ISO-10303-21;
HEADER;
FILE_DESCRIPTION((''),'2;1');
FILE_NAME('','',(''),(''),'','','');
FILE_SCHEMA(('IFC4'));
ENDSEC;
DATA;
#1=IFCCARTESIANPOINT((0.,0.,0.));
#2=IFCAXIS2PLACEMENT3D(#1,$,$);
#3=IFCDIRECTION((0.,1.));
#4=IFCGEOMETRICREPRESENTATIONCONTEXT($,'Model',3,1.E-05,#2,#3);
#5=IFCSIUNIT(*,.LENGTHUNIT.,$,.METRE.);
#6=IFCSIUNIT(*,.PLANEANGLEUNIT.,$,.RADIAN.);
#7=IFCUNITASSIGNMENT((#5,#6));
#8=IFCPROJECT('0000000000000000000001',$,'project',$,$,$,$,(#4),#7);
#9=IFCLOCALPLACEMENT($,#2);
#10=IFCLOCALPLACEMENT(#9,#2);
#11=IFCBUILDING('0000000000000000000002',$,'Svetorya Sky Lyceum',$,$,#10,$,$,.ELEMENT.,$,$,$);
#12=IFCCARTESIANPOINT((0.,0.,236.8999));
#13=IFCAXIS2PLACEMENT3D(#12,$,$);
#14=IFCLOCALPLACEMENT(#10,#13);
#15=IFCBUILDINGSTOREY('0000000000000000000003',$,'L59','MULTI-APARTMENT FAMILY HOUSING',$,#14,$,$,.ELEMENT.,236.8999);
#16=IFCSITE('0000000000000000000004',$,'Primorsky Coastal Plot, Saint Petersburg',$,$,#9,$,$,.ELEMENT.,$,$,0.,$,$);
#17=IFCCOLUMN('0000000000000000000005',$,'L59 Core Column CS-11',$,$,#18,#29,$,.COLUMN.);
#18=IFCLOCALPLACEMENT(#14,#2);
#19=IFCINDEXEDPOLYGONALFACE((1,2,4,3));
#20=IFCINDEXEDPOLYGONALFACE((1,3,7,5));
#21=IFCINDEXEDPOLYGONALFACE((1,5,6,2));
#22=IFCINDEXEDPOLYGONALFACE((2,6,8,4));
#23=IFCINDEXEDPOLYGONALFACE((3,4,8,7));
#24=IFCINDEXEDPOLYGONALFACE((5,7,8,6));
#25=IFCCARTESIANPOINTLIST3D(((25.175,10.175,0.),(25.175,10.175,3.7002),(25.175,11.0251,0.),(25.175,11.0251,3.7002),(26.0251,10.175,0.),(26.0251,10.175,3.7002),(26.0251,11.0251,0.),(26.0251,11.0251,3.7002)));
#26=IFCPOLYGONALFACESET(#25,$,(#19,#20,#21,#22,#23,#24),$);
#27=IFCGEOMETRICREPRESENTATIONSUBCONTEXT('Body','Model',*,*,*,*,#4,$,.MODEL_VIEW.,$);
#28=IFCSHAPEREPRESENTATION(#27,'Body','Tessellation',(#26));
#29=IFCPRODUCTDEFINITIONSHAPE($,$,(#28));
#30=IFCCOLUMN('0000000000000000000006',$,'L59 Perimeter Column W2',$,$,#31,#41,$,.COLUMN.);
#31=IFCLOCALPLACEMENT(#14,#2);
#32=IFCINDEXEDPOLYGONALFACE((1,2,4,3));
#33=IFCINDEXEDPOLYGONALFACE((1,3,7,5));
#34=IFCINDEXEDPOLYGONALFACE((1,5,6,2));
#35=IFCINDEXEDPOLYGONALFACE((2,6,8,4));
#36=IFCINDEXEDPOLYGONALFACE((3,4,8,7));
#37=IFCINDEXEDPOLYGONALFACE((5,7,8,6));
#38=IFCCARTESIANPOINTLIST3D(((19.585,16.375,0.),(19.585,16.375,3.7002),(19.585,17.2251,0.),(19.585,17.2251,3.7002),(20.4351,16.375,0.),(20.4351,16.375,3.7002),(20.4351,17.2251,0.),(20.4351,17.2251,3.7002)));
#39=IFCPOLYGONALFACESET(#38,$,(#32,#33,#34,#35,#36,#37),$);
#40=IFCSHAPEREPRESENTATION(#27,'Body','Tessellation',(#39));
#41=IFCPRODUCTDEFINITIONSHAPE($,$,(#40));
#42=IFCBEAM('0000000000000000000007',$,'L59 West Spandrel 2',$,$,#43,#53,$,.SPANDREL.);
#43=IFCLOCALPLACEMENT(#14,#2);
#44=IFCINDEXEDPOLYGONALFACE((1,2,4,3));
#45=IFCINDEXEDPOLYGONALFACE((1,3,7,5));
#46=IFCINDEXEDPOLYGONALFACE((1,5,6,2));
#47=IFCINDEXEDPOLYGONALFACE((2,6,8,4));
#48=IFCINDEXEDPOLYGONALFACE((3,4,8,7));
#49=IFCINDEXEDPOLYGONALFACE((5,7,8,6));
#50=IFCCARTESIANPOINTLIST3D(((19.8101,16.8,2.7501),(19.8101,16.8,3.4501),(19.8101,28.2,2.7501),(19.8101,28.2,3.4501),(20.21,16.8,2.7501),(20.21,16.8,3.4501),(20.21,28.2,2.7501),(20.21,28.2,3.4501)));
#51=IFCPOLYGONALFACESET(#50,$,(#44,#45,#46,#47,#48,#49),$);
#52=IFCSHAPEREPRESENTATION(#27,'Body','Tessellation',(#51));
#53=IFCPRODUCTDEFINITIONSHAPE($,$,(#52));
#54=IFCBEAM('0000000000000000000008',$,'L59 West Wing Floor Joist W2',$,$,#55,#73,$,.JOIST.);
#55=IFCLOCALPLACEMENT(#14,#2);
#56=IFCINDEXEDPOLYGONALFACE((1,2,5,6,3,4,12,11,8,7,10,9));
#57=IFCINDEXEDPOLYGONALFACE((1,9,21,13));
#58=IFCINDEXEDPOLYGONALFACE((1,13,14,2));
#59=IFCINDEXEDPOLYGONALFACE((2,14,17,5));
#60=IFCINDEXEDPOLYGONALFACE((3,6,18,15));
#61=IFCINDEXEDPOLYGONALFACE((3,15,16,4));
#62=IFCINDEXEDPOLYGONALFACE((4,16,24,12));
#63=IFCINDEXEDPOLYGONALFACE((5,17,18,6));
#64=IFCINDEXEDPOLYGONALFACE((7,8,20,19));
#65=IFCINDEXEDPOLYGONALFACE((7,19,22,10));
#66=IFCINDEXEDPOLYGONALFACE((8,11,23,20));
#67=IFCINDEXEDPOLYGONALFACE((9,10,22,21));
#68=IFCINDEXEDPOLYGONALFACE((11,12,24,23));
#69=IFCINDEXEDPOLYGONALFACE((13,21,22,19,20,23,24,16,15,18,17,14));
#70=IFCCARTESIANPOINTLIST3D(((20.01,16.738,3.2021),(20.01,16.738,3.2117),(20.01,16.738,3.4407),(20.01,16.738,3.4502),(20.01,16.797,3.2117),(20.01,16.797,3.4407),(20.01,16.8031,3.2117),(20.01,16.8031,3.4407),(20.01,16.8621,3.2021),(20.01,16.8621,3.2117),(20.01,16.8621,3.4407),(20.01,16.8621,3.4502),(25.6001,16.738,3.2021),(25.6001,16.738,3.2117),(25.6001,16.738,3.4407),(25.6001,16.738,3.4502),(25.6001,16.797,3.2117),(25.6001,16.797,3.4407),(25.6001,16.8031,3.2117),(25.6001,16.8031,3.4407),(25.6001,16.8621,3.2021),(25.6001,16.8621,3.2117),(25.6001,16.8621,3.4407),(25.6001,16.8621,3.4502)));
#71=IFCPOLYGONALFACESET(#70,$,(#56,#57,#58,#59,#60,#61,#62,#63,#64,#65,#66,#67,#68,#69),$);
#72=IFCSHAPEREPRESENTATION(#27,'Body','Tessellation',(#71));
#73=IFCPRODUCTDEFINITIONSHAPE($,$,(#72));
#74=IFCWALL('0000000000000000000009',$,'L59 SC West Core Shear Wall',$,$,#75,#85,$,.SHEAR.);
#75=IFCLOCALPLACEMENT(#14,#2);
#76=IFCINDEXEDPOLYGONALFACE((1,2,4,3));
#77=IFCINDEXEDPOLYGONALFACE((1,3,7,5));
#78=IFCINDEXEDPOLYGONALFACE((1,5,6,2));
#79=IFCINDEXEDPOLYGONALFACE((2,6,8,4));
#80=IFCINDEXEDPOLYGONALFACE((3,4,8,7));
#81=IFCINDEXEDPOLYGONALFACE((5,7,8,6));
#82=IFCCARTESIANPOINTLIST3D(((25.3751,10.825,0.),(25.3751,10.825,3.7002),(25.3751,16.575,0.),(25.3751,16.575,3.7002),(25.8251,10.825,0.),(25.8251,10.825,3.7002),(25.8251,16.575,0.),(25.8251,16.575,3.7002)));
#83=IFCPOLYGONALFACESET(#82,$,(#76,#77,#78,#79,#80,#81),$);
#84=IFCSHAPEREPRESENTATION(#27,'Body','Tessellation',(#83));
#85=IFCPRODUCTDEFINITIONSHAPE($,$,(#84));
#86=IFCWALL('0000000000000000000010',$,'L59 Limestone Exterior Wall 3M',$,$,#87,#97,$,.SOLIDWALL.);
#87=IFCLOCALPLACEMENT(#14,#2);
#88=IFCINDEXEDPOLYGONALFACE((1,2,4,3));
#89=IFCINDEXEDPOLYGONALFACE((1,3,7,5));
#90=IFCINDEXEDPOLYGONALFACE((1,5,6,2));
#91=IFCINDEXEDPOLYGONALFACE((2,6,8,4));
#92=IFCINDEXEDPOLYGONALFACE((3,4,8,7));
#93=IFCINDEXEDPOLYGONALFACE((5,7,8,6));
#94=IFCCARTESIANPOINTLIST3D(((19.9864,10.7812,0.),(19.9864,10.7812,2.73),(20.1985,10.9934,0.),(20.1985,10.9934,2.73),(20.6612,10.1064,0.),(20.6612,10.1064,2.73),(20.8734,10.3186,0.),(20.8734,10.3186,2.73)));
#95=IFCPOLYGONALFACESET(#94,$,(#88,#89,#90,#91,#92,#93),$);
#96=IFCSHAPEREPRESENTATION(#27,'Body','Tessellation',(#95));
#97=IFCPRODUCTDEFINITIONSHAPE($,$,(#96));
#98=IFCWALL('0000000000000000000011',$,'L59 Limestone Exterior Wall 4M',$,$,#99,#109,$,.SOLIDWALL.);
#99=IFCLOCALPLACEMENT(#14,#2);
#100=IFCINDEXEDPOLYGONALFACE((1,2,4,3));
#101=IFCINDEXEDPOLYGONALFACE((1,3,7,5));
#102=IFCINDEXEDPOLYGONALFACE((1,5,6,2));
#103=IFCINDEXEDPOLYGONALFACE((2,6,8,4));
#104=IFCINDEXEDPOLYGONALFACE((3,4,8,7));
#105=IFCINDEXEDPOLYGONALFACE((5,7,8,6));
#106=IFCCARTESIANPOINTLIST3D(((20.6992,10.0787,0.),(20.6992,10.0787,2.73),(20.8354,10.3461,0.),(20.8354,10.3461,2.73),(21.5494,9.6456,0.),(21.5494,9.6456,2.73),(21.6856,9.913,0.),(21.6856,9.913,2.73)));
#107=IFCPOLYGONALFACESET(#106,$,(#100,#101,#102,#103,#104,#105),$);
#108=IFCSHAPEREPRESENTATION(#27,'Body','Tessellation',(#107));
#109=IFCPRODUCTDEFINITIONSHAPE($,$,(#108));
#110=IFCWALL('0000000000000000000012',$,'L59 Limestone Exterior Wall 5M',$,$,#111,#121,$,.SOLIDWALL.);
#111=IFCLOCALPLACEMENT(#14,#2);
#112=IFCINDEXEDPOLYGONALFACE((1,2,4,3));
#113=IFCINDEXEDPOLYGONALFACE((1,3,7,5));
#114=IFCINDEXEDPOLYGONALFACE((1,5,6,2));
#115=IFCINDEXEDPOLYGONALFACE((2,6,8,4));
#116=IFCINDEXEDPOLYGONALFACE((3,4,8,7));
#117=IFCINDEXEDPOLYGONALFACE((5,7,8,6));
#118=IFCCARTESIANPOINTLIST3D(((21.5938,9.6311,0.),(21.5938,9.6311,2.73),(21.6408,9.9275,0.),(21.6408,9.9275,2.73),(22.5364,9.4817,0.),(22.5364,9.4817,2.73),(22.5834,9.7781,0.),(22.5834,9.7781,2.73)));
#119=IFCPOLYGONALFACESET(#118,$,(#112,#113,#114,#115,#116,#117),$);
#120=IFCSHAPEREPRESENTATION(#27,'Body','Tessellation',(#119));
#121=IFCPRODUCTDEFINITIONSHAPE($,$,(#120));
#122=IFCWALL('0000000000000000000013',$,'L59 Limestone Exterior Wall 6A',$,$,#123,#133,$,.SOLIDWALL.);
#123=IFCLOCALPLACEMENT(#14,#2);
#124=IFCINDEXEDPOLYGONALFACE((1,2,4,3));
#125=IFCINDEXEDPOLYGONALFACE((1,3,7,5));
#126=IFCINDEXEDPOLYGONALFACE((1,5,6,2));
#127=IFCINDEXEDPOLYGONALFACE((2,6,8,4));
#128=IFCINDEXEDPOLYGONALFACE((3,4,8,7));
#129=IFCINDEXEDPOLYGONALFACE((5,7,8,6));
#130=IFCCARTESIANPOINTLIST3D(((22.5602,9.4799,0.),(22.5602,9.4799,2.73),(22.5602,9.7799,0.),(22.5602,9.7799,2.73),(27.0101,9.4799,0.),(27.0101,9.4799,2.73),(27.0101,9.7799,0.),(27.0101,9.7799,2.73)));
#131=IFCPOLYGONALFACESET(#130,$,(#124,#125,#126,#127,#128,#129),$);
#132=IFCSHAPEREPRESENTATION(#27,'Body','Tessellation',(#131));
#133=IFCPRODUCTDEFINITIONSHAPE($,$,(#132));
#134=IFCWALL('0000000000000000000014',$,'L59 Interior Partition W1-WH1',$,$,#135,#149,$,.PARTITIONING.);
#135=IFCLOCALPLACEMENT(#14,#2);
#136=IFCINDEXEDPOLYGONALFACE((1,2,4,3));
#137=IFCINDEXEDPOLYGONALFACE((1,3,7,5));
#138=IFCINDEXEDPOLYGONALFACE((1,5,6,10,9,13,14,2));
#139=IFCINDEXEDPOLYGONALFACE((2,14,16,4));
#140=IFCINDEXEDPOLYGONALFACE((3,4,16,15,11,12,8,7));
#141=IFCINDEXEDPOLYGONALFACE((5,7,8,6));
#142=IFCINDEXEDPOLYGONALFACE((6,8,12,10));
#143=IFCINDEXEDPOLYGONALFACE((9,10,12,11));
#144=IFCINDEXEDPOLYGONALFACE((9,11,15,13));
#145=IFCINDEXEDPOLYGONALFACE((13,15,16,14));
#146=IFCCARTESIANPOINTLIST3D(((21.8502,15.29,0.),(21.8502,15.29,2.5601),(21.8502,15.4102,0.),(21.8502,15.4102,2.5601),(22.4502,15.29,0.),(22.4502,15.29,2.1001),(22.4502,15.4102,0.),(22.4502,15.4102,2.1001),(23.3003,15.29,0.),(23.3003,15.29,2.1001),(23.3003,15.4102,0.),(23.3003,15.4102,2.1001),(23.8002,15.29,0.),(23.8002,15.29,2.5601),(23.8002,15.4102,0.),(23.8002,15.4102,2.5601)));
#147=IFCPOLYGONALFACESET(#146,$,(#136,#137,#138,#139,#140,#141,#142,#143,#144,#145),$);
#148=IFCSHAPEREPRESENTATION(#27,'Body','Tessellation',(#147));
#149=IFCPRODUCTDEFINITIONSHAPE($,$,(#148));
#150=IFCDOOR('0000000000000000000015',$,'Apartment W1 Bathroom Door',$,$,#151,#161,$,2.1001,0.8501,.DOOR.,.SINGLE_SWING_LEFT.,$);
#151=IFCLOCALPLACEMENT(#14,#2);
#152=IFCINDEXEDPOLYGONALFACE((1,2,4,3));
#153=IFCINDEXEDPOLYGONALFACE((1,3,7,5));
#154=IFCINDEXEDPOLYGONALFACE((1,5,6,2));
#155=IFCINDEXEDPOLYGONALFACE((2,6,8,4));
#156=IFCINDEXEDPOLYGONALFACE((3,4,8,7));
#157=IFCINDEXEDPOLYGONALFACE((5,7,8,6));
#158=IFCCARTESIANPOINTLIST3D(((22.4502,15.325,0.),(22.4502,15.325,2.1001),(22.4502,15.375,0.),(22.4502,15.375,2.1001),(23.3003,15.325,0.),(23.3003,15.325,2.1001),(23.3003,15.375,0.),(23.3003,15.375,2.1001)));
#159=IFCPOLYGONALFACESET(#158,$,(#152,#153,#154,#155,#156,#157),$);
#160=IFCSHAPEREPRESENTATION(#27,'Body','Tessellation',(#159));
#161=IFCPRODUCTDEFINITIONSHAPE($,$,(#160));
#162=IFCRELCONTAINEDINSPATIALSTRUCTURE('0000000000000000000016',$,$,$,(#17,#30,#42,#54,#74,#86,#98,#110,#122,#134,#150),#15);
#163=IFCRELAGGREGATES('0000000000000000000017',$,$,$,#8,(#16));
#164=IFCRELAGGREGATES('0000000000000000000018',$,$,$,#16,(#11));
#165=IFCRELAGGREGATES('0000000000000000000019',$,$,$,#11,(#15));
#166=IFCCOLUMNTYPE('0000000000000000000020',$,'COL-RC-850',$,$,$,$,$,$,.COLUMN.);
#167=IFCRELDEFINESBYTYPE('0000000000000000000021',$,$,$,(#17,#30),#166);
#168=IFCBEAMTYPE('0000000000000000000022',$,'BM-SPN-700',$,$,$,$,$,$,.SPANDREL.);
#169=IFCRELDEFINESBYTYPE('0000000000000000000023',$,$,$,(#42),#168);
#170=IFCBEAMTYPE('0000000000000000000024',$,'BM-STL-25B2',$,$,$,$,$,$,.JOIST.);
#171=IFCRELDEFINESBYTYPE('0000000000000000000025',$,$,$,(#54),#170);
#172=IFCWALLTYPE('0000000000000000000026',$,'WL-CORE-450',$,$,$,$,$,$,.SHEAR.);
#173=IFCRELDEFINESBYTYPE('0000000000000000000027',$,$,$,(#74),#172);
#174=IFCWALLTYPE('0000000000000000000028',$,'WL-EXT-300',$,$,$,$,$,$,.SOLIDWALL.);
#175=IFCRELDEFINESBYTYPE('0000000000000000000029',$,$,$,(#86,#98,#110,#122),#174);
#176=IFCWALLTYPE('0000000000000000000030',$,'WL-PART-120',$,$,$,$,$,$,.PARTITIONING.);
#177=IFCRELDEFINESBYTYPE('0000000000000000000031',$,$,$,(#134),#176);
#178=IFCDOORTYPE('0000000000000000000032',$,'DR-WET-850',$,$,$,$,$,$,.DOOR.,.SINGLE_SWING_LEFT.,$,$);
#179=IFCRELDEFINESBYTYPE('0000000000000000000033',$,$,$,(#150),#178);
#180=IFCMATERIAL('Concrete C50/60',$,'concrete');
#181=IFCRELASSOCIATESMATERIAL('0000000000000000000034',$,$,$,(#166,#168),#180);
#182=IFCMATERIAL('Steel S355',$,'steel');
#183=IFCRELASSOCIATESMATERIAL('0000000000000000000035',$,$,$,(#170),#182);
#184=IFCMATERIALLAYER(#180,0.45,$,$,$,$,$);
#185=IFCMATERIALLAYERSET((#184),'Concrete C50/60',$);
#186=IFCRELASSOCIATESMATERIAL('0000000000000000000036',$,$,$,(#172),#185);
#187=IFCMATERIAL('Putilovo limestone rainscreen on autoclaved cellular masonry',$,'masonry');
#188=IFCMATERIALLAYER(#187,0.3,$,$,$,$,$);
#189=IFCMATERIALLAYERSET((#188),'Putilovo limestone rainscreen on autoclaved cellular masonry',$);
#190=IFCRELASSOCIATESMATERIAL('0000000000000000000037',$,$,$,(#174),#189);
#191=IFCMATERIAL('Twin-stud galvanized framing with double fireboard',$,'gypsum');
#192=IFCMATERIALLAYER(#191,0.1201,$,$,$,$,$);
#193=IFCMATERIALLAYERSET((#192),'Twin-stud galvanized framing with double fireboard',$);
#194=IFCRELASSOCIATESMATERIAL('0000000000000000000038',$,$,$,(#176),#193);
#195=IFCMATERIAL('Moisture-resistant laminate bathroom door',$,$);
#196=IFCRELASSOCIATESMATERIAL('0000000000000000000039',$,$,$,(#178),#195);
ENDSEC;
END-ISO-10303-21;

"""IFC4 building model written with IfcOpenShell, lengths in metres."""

from ifc_helpers import new_model, si_unit, direction, frame, frame_2d, origin, origin_2d, place, context, subcontext, project, spatial, rectangle, i_section, extrude, material, layer, layer_set, material_profile, profile_set, type_object, element, fill, save


model = new_model("IFC4")

# Units and contexts
model_context = context("Model", 3, precision=1e-05, world=origin(), true_north=direction((0.0, 1.0)))
body_context = subcontext(model_context, "Body", "Model", "MODEL_VIEW")
ifc_project = project(units=[si_unit("LENGTHUNIT", "METRE"), si_unit("PLANEANGLEUNIT", "RADIAN")], contexts=[model_context])

# Site, building, storey
site_placement = place(None, origin())
site = spatial("IfcSite", under=ifc_project, at=site_placement, Name="Primorsky Coastal Plot, Saint Petersburg", CompositionType="ELEMENT", RefElevation=0.0)
building_placement = place(site_placement, origin())
building = spatial("IfcBuilding", under=site, at=building_placement, Name="Svetorya Sky Lyceum", CompositionType="ELEMENT")
storey_placement = place(building_placement, frame((0.0, 0.0, 236.8999)))
storey = spatial("IfcBuildingStorey", under=building, at=storey_placement, Name="L59", Description="MULTI-APARTMENT FAMILY HOUSING", CompositionType="ELEMENT", Elevation=236.8999)

# Columns
ifc_material_1 = material(Name="Concrete C50/60", Category="concrete")
ifc_material_profile_1 = material_profile(ifc_material_1, rectangle(XDim=0.8501, YDim=0.8501, at=origin_2d()), Name="RC COL 850x850")
ifc_profile_set_1 = profile_set([ifc_material_profile_1], Name="Concrete C50/60")
column_type = type_object("IfcColumnType", Name="COL-RC-850", PredefinedType="COLUMN", material=ifc_profile_set_1)
for number, where, z_axis, x_axis, name in (
    (1, (25.6001, 10.6001, 0.0), (0.0, 0.0, 1.0), (1.0, 0.0, 0.0), "L59 Core Column CS-11"),
    (2, (20.01, 16.8, 0.0), (0.0, 0.0, 1.0), (1.0, 0.0, 0.0), "L59 Perimeter Column W2"),
):
    element("IfcColumn", number, at=place(storey_placement, frame(where, z_axis=z_axis, x_axis=x_axis)), inside=storey, type_object=column_type, Name=name, PredefinedType="COLUMN", context=body_context, shape_type="SweptSolid", body=[
        extrude(rectangle(XDim=0.8501, YDim=0.8501, at=origin_2d()), origin(), (0.0, 0.0, 1.0), 3.7002),
    ])

# Beams
ifc_material_profile_2 = material_profile(ifc_material_1, rectangle(XDim=0.3999, YDim=0.7, at=origin_2d()), Name="RC SPANDREL 400x700")
ifc_profile_set_2 = profile_set([ifc_material_profile_2], Name="Concrete C50/60")
beam_type_1 = type_object("IfcBeamType", Name="BM-SPN-700", PredefinedType="SPANDREL", material=ifc_profile_set_2)
beam_1_placement = place(storey_placement, frame((20.01, 16.8, 3.1001), z_axis=(0.0, 1.0, 0.0), x_axis=(-1.0, 0.0, 0.0)))
element("IfcBeam", 3, at=beam_1_placement, inside=storey, type_object=beam_type_1, Name="L59 West Spandrel 2", PredefinedType="SPANDREL", context=body_context, shape_type="SweptSolid", body=[
    extrude(rectangle(XDim=0.3999, YDim=0.7, at=origin_2d()), origin(), (0.0, 0.0, 1.0), 11.3999),
])
ifc_material_2 = material(Name="Steel S355", Category="steel")
ifc_material_profile_3 = material_profile(ifc_material_2, i_section(OverallWidth=0.124, OverallDepth=0.248, WebThickness=0.0061, FlangeThickness=0.0095, at=origin_2d()), Name="GOST 25B2")
ifc_profile_set_3 = profile_set([ifc_material_profile_3], Name="Steel S355")
beam_type_2 = type_object("IfcBeamType", Name="BM-STL-25B2", PredefinedType="JOIST", material=ifc_profile_set_3)
beam_2_placement = place(storey_placement, frame((20.01, 16.8, 3.3262), z_axis=(1.0, 0.0, 0.0), x_axis=(0.0, 1.0, 0.0)))
element("IfcBeam", 4, at=beam_2_placement, inside=storey, type_object=beam_type_2, Name="L59 West Wing Floor Joist W2", PredefinedType="JOIST", context=body_context, shape_type="SweptSolid", body=[
    extrude(i_section(OverallWidth=0.124, OverallDepth=0.248, WebThickness=0.0061, FlangeThickness=0.0095, at=origin_2d()), origin(), (0.0, 0.0, 1.0), 5.5901),
])

# Walls
ifc_layer_1 = layer(ifc_material_1, 0.45)
ifc_layer_set_1 = layer_set([ifc_layer_1], Name="Concrete C50/60")
wall_type_1 = type_object("IfcWallType", Name="WL-CORE-450", PredefinedType="SHEAR", material=ifc_layer_set_1)
wall_1_placement = place(storey_placement, frame((25.6001, 10.825, 0.0), z_axis=(0.0, 0.0, 1.0), x_axis=(0.0, 1.0, 0.0)))
element("IfcWall", 5, at=wall_1_placement, inside=storey, type_object=wall_type_1, Name="L59 SC West Core Shear Wall", PredefinedType="SHEAR", context=body_context, shape_type="SweptSolid", body=[
    extrude(rectangle(XDim=5.75, YDim=0.45, at=frame_2d((2.875, 0.0))), origin(), (0.0, 0.0, 1.0), 3.7002),
])
ifc_material_3 = material(Name="Putilovo limestone rainscreen on autoclaved cellular masonry", Category="masonry")
ifc_layer_2 = layer(ifc_material_3, 0.3)
ifc_layer_set_2 = layer_set([ifc_layer_2], Name="Putilovo limestone rainscreen on autoclaved cellular masonry")
wall_type_2 = type_object("IfcWallType", Name="WL-EXT-300", PredefinedType="SOLIDWALL", material=ifc_layer_set_2)
wall_2_placement = place(storey_placement, frame((20.0925, 10.8872, 0.0), z_axis=(0.0, 0.0, 1.0), x_axis=(0.707107, -0.707107, 0.0)))
element("IfcWall", 6, at=wall_2_placement, inside=storey, type_object=wall_type_2, Name="L59 Limestone Exterior Wall 3M", PredefinedType="SOLIDWALL", context=body_context, shape_type="SweptSolid", body=[
    extrude(rectangle(XDim=0.9543, YDim=0.3, at=frame_2d((0.4771, 0.0))), origin(), (0.0, 0.0, 1.0), 2.73),
])
wall_3_placement = place(storey_placement, frame((20.7673, 10.2124, 0.0), z_axis=(0.0, 0.0, 1.0), x_axis=(0.891024, -0.453956, 0.0)))
element("IfcWall", 7, at=wall_3_placement, inside=storey, type_object=wall_type_2, Name="L59 Limestone Exterior Wall 4M", PredefinedType="SOLIDWALL", context=body_context, shape_type="SweptSolid", body=[
    extrude(rectangle(XDim=0.9541, YDim=0.3, at=frame_2d((0.4771, 0.0))), origin(), (0.0, 0.0, 1.0), 2.73),
])
wall_4_placement = place(storey_placement, frame((21.6174, 9.7793, 0.0), z_axis=(0.0, 0.0, 1.0), x_axis=(0.987669, -0.156554, 0.0)))
element("IfcWall", 8, at=wall_4_placement, inside=storey, type_object=wall_type_2, Name="L59 Limestone Exterior Wall 5M", PredefinedType="SOLIDWALL", context=body_context, shape_type="SweptSolid", body=[
    extrude(rectangle(XDim=0.9543, YDim=0.3, at=frame_2d((0.4771, 0.0))), origin(), (0.0, 0.0, 1.0), 2.73),
])
wall_5_placement = place(storey_placement, frame((22.5601, 9.6299, 0.0), z_axis=(0.0, 0.0, 1.0), x_axis=(1.0, 0.0, 0.0)))
element("IfcWall", 9, at=wall_5_placement, inside=storey, type_object=wall_type_2, Name="L59 Limestone Exterior Wall 6A", PredefinedType="SOLIDWALL", context=body_context, shape_type="SweptSolid", body=[
    extrude(rectangle(XDim=4.45, YDim=0.3, at=frame_2d((2.2251, 0.0))), origin(), (0.0, 0.0, 1.0), 2.73),
])

# Wall, opening, door
ifc_material_4 = material(Name="Twin-stud galvanized framing with double fireboard", Category="gypsum")
ifc_layer_3 = layer(ifc_material_4, 0.1201)
ifc_layer_set_3 = layer_set([ifc_layer_3], Name="Twin-stud galvanized framing with double fireboard")
wall_type_3 = type_object("IfcWallType", Name="WL-PART-120", PredefinedType="PARTITIONING", material=ifc_layer_set_3)
wall_6_placement = place(storey_placement, frame((21.8501, 15.3501, 0.0), z_axis=(0.0, 0.0, 1.0), x_axis=(1.0, 0.0, 0.0)))
wall_6 = element("IfcWall", 10, at=wall_6_placement, inside=storey, type_object=wall_type_3, Name="L59 Interior Partition W1-WH1", PredefinedType="PARTITIONING", context=body_context, shape_type="SweptSolid", body=[
    extrude(rectangle(XDim=1.95, YDim=0.1201, at=frame_2d((0.9751, 0.0))), origin(), (0.0, 0.0, 1.0), 2.5601),
])
opening_1_placement = place(wall_6_placement, frame((0.6001, 0.0, 0.0)))
opening_1 = element("IfcOpeningElement", 11, at=opening_1_placement, cuts=wall_6, PredefinedType="OPENING", context=body_context, shape_type="SweptSolid", body=[
    extrude(rectangle(XDim=0.8501, YDim=2.1001, at=frame_2d((0.425, 1.05))), frame((0.0, 0.0701, 0.0), z_axis=(0.0, -1.0, 0.0), x_axis=(1.0, 0.0, 0.0)), (0.0, 0.0, 1.0), 0.1401),
])
ifc_material_5 = material(Name="Moisture-resistant laminate bathroom door")
door_type_1 = type_object("IfcDoorType", Name="DR-WET-850", OperationType="SINGLE_SWING_LEFT", PredefinedType="DOOR", material=ifc_material_5)
door_1_placement = place(opening_1_placement, origin())
door_1 = element("IfcDoor", 12, at=door_1_placement, inside=storey, type_object=door_type_1, Name="Apartment W1 Bathroom Door", OperationType="SINGLE_SWING_LEFT", OverallHeight=2.1001, OverallWidth=0.8501, PredefinedType="DOOR", context=body_context, shape_type="SweptSolid", body=[
    extrude(rectangle(XDim=0.8501, YDim=2.1001, at=frame_2d((0.425, 1.05))), frame((0.0, 0.0249, 0.0), z_axis=(0.0, -1.0, 0.0), x_axis=(1.0, 0.0, 0.0)), (0.0, 0.0, 1.0), 0.05),
])
fill(opening_1, door_1)

save(model, "model.ifc")
